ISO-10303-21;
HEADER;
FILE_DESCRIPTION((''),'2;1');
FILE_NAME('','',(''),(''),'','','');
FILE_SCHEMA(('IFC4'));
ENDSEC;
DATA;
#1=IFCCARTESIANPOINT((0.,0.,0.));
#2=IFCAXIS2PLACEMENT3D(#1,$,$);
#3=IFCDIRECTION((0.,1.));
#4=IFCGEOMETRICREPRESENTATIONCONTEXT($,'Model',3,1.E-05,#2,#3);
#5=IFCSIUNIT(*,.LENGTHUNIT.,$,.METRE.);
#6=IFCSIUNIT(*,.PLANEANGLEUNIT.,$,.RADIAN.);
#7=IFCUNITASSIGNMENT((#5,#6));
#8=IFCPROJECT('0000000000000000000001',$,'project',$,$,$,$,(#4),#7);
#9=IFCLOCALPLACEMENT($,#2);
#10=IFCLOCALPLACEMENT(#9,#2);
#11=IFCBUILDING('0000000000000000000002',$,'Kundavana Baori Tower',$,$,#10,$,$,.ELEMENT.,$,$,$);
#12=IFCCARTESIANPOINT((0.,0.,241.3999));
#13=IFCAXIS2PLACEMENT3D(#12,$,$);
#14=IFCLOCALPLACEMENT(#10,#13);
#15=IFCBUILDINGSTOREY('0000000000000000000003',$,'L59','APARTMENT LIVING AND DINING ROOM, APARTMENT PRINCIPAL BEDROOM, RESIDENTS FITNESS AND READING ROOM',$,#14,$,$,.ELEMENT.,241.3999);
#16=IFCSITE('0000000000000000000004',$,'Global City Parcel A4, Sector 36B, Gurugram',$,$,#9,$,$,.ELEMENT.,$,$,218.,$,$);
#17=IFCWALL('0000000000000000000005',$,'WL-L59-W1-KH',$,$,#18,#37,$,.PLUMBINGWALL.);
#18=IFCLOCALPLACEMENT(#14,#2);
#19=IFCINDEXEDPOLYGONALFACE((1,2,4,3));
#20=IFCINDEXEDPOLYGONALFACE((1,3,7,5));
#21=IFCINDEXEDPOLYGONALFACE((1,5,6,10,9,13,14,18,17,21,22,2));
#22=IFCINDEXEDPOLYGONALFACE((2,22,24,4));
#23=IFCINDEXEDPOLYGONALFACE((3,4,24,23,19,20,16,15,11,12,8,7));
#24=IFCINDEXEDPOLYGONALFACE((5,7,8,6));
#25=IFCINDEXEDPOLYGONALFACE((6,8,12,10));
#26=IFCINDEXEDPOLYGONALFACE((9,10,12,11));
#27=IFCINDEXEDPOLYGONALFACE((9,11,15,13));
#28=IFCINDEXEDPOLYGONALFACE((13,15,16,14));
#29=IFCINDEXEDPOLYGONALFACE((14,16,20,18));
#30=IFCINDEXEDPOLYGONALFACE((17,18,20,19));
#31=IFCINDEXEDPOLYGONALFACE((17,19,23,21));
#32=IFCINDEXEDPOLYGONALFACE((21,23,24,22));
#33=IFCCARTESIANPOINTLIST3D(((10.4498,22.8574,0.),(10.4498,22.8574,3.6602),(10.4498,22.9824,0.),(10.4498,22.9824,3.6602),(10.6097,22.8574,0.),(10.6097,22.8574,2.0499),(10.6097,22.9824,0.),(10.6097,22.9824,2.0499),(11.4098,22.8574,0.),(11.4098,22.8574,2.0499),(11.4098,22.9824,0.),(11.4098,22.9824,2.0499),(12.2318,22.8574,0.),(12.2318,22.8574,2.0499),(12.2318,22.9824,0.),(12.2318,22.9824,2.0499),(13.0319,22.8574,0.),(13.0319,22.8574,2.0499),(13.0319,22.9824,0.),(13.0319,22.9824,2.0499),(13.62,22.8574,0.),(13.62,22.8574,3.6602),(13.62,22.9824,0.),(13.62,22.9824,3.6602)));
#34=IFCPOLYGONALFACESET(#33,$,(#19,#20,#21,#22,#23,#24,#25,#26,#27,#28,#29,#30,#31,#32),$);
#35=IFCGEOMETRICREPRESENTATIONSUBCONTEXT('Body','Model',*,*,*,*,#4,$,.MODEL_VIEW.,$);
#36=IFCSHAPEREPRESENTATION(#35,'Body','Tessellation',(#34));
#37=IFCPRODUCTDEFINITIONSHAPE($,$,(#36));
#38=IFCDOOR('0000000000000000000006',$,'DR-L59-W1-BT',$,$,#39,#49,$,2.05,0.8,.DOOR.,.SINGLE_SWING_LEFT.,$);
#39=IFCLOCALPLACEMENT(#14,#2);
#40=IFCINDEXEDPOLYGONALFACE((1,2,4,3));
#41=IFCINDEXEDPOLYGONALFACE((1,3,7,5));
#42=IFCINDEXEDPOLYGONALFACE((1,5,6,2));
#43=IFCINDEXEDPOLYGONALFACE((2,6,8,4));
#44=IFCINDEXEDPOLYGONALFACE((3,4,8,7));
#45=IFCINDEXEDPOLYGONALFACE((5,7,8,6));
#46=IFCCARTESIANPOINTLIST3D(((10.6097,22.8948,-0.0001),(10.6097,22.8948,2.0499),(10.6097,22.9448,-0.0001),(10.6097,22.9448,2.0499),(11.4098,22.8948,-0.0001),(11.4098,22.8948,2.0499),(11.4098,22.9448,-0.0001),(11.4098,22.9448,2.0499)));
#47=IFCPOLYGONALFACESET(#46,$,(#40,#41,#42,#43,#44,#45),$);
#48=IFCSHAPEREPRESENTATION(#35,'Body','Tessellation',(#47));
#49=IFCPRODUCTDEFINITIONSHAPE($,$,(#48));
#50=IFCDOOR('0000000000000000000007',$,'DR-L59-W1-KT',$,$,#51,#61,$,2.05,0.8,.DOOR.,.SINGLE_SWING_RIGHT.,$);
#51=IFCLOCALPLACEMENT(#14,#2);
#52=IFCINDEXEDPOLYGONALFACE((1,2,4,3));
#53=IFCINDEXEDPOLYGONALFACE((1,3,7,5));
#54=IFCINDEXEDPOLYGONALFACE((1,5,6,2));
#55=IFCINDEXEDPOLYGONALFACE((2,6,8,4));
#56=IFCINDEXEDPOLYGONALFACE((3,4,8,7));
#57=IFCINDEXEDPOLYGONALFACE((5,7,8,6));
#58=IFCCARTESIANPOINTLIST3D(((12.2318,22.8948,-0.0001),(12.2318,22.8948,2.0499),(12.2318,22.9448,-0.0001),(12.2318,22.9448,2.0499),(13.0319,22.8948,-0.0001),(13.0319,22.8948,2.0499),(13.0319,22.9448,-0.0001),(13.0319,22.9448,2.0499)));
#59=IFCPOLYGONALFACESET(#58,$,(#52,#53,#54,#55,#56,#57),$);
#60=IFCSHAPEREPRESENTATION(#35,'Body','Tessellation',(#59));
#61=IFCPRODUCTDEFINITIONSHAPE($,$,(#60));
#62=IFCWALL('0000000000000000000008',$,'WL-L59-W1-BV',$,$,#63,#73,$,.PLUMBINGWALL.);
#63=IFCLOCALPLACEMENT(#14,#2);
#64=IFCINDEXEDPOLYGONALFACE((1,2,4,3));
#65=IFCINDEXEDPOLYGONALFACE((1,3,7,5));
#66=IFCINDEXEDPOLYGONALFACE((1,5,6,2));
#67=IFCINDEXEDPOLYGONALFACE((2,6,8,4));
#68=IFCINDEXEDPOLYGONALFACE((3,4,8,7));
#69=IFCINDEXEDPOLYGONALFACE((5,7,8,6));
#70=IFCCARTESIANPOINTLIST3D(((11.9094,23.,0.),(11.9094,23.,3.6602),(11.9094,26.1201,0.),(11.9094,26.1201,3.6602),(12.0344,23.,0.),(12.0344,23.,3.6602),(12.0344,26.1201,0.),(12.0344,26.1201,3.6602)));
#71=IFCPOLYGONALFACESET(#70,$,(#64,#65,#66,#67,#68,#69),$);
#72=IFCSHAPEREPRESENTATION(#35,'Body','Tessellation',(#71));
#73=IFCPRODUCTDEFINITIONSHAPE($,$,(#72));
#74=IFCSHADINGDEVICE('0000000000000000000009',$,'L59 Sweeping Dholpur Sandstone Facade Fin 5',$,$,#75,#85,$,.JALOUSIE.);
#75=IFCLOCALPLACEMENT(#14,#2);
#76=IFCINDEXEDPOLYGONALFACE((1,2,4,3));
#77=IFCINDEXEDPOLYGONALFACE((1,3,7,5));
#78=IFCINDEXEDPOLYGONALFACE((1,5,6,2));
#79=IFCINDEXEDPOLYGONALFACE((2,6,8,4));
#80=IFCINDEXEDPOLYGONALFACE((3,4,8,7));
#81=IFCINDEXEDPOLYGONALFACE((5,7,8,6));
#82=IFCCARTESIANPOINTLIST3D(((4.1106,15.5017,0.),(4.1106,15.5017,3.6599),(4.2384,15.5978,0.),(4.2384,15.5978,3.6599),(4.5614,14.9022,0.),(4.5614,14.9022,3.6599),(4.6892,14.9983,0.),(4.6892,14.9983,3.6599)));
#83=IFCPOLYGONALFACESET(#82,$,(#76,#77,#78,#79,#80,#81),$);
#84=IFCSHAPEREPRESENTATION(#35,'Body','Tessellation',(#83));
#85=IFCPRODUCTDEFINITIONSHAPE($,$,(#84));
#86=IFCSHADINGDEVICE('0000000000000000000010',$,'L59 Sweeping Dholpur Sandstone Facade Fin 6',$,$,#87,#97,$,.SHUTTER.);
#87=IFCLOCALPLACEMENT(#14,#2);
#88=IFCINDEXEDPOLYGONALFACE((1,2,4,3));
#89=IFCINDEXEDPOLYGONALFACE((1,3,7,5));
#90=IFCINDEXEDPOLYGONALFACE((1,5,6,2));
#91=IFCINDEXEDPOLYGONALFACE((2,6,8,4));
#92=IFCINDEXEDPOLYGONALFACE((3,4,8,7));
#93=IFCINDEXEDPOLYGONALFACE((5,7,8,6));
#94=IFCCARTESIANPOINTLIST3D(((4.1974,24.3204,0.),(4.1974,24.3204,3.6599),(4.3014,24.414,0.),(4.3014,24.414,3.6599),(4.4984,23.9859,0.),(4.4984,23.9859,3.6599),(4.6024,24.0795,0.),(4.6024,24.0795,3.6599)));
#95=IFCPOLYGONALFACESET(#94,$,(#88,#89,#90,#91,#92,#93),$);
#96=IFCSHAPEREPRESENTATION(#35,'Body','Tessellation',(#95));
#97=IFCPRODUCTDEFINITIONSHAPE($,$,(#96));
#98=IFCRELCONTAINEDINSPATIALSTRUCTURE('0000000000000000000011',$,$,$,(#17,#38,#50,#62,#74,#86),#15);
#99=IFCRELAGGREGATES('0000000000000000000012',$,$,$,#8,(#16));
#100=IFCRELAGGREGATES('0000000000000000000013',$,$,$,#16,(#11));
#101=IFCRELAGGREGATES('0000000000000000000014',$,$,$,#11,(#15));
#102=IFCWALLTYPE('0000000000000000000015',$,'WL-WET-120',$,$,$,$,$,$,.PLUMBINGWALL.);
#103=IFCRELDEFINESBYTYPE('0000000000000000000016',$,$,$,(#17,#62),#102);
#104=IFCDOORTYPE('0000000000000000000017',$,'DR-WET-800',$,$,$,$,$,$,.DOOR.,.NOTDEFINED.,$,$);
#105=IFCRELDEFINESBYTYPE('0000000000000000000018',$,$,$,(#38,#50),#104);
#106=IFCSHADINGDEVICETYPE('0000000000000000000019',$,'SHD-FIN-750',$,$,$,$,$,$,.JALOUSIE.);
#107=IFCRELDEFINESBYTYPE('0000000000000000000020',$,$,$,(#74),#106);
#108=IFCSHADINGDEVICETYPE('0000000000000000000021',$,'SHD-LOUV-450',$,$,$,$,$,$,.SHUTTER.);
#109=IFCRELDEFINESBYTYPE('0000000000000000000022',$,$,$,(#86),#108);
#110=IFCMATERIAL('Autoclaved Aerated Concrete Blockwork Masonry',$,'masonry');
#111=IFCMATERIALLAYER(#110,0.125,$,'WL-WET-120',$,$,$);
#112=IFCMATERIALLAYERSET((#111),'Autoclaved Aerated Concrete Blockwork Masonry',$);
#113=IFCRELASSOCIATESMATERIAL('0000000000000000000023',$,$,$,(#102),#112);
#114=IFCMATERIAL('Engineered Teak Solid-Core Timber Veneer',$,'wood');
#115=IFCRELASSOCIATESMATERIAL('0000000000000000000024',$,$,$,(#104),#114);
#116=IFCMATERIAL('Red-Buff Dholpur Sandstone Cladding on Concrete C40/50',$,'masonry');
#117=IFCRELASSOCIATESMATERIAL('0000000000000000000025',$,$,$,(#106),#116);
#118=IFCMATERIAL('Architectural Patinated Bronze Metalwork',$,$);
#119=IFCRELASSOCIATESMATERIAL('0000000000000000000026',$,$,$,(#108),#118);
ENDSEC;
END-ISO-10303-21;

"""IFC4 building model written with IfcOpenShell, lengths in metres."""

from ifc_helpers import new_model, si_unit, direction, frame, frame_2d, origin, origin_2d, place, context, subcontext, project, spatial, rectangle, extrude, material, layer, layer_set, type_object, element, fill, save


model = new_model("IFC4")

# Units and contexts
model_context = context("Model", 3, precision=1e-05, world=origin(), true_north=direction((0.0, 1.0)))
body_context = subcontext(model_context, "Body", "Model", "MODEL_VIEW")
ifc_project = project(units=[si_unit("LENGTHUNIT", "METRE"), si_unit("PLANEANGLEUNIT", "RADIAN")], contexts=[model_context])

# Site, building, storey
site_placement = place(None, origin())
site = spatial("IfcSite", under=ifc_project, at=site_placement, Name="Global City Parcel A4, Sector 36B, Gurugram", CompositionType="ELEMENT", RefElevation=218.0)
building_placement = place(site_placement, origin())
building = spatial("IfcBuilding", under=site, at=building_placement, Name="Kundavana Baori Tower", CompositionType="ELEMENT")
storey_placement = place(building_placement, frame((0.0, 0.0, 241.3999)))
storey = spatial("IfcBuildingStorey", under=building, at=storey_placement, Name="L59", Description="APARTMENT LIVING AND DINING ROOM, APARTMENT PRINCIPAL BEDROOM, RESIDENTS FITNESS AND READING ROOM", CompositionType="ELEMENT", Elevation=241.3999)

# Wall, openings, doors
ifc_material_1 = material(Name="Autoclaved Aerated Concrete Blockwork Masonry", Category="masonry")
ifc_layer_1 = layer(ifc_material_1, 0.125, Name="WL-WET-120")
ifc_layer_set_1 = layer_set([ifc_layer_1], Name="Autoclaved Aerated Concrete Blockwork Masonry")
wall_type_1 = type_object("IfcWallType", Name="WL-WET-120", PredefinedType="PLUMBINGWALL", material=ifc_layer_set_1)
wall_1_placement = place(storey_placement, frame((10.45, 22.9199, 0.0), z_axis=(0.0, 0.0, 1.0), x_axis=(1.0, 0.0, 0.0)))
wall_1 = element("IfcWall", 1, at=wall_1_placement, inside=storey, type_object=wall_type_1, Name="WL-L59-W1-KH", PredefinedType="PLUMBINGWALL", context=body_context, shape_type="SweptSolid", body=[
    extrude(rectangle(XDim=3.1702, YDim=0.125, at=frame_2d((1.585, 0.0))), origin(), (0.0, 0.0, 1.0), 3.6602),
])
opening_1_placement = place(wall_1_placement, frame((0.1599, 0.0, 0.0)))
opening_1 = element("IfcOpeningElement", 2, at=opening_1_placement, cuts=wall_1, PredefinedType="OPENING", context=body_context, shape_type="SweptSolid", body=[
    extrude(rectangle(XDim=0.8, YDim=2.05, at=frame_2d((0.3999, 1.0249))), frame((0.0, 0.0725, 0.0), z_axis=(0.0, -1.0, 0.0), x_axis=(1.0, 0.0, 0.0)), (0.0, 0.0, 1.0), 0.145),
])
opening_2_placement = place(wall_1_placement, frame((1.782, 0.0, 0.0)))
opening_2 = element("IfcOpeningElement", 3, at=opening_2_placement, cuts=wall_1, PredefinedType="OPENING", context=body_context, shape_type="SweptSolid", body=[
    extrude(rectangle(XDim=0.8, YDim=2.05, at=frame_2d((0.3999, 1.0249))), frame((0.0, 0.0725, 0.0), z_axis=(0.0, -1.0, 0.0), x_axis=(1.0, 0.0, 0.0)), (0.0, 0.0, 1.0), 0.145),
])
ifc_material_2 = material(Name="Engineered Teak Solid-Core Timber Veneer", Category="wood")
door_type_1 = type_object("IfcDoorType", Name="DR-WET-800", OperationType="NOTDEFINED", PredefinedType="DOOR", material=ifc_material_2)
door_1_placement = place(opening_1_placement, origin())
door_1 = element("IfcDoor", 4, at=door_1_placement, inside=storey, type_object=door_type_1, Name="DR-L59-W1-BT", OperationType="SINGLE_SWING_LEFT", OverallHeight=2.05, OverallWidth=0.8, PredefinedType="DOOR", context=body_context, shape_type="SweptSolid", body=[
    extrude(rectangle(XDim=0.8, YDim=2.05, at=frame_2d((0.3999, 1.0249))), frame((0.0, 0.0249, 0.0), z_axis=(0.0, -1.0, 0.0), x_axis=(1.0, 0.0, 0.0)), (0.0, 0.0, 1.0), 0.05),
])
fill(opening_1, door_1)
door_2_placement = place(opening_2_placement, origin())
door_2 = element("IfcDoor", 5, at=door_2_placement, inside=storey, type_object=door_type_1, Name="DR-L59-W1-KT", OperationType="SINGLE_SWING_RIGHT", OverallHeight=2.05, OverallWidth=0.8, PredefinedType="DOOR", context=body_context, shape_type="SweptSolid", body=[
    extrude(rectangle(XDim=0.8, YDim=2.05, at=frame_2d((0.3999, 1.0249))), frame((0.0, 0.0249, 0.0), z_axis=(0.0, -1.0, 0.0), x_axis=(1.0, 0.0, 0.0)), (0.0, 0.0, 1.0), 0.05),
])
fill(opening_2, door_2)

# Wall
wall_2_placement = place(storey_placement, frame((11.9719, 23.0, 0.0), z_axis=(0.0, 0.0, 1.0), x_axis=(0.0, 1.0, 0.0)))
element("IfcWall", 6, at=wall_2_placement, inside=storey, type_object=wall_type_1, Name="WL-L59-W1-BV", PredefinedType="PLUMBINGWALL", context=body_context, shape_type="SweptSolid", body=[
    extrude(rectangle(XDim=3.1201, YDim=0.125, at=frame_2d((1.5601, 0.0))), origin(), (0.0, 0.0, 1.0), 3.6602),
])

# Shading devices
ifc_material_3 = material(Name="Red-Buff Dholpur Sandstone Cladding on Concrete C40/50", Category="masonry")
shading_device_type_1 = type_object("IfcShadingDeviceType", Name="SHD-FIN-750", PredefinedType="JALOUSIE", material=ifc_material_3)
shading_device_1_placement = place(storey_placement, frame((4.3999, 15.25, 0.0), z_axis=(0.0, 0.0, 1.0), x_axis=(0.799265, 0.600978, 0.0)))
element("IfcShadingDevice", 7, at=shading_device_1_placement, inside=storey, type_object=shading_device_type_1, Name="L59 Sweeping Dholpur Sandstone Facade Fin 5", PredefinedType="JALOUSIE", context=body_context, shape_type="SweptSolid", body=[
    extrude(rectangle(XDim=0.1599, YDim=0.75, at=origin_2d()), origin(), (0.0, 0.0, 1.0), 3.6599),
])
ifc_material_4 = material(Name="Architectural Patinated Bronze Metalwork")
shading_device_type_2 = type_object("IfcShadingDeviceType", Name="SHD-LOUV-450", PredefinedType="SHUTTER", material=ifc_material_4)
shading_device_2_placement = place(storey_placement, frame((4.3999, 24.2, 0.0), z_axis=(0.0, 0.0, 1.0), x_axis=(0.743262, 0.669001, 0.0)))
element("IfcShadingDevice", 8, at=shading_device_2_placement, inside=storey, type_object=shading_device_type_2, Name="L59 Sweeping Dholpur Sandstone Facade Fin 6", PredefinedType="SHUTTER", context=body_context, shape_type="SweptSolid", body=[
    extrude(rectangle(XDim=0.1399, YDim=0.45, at=origin_2d()), origin(), (0.0, 0.0, 1.0), 3.6599),
])

save(model, "model.ifc")
